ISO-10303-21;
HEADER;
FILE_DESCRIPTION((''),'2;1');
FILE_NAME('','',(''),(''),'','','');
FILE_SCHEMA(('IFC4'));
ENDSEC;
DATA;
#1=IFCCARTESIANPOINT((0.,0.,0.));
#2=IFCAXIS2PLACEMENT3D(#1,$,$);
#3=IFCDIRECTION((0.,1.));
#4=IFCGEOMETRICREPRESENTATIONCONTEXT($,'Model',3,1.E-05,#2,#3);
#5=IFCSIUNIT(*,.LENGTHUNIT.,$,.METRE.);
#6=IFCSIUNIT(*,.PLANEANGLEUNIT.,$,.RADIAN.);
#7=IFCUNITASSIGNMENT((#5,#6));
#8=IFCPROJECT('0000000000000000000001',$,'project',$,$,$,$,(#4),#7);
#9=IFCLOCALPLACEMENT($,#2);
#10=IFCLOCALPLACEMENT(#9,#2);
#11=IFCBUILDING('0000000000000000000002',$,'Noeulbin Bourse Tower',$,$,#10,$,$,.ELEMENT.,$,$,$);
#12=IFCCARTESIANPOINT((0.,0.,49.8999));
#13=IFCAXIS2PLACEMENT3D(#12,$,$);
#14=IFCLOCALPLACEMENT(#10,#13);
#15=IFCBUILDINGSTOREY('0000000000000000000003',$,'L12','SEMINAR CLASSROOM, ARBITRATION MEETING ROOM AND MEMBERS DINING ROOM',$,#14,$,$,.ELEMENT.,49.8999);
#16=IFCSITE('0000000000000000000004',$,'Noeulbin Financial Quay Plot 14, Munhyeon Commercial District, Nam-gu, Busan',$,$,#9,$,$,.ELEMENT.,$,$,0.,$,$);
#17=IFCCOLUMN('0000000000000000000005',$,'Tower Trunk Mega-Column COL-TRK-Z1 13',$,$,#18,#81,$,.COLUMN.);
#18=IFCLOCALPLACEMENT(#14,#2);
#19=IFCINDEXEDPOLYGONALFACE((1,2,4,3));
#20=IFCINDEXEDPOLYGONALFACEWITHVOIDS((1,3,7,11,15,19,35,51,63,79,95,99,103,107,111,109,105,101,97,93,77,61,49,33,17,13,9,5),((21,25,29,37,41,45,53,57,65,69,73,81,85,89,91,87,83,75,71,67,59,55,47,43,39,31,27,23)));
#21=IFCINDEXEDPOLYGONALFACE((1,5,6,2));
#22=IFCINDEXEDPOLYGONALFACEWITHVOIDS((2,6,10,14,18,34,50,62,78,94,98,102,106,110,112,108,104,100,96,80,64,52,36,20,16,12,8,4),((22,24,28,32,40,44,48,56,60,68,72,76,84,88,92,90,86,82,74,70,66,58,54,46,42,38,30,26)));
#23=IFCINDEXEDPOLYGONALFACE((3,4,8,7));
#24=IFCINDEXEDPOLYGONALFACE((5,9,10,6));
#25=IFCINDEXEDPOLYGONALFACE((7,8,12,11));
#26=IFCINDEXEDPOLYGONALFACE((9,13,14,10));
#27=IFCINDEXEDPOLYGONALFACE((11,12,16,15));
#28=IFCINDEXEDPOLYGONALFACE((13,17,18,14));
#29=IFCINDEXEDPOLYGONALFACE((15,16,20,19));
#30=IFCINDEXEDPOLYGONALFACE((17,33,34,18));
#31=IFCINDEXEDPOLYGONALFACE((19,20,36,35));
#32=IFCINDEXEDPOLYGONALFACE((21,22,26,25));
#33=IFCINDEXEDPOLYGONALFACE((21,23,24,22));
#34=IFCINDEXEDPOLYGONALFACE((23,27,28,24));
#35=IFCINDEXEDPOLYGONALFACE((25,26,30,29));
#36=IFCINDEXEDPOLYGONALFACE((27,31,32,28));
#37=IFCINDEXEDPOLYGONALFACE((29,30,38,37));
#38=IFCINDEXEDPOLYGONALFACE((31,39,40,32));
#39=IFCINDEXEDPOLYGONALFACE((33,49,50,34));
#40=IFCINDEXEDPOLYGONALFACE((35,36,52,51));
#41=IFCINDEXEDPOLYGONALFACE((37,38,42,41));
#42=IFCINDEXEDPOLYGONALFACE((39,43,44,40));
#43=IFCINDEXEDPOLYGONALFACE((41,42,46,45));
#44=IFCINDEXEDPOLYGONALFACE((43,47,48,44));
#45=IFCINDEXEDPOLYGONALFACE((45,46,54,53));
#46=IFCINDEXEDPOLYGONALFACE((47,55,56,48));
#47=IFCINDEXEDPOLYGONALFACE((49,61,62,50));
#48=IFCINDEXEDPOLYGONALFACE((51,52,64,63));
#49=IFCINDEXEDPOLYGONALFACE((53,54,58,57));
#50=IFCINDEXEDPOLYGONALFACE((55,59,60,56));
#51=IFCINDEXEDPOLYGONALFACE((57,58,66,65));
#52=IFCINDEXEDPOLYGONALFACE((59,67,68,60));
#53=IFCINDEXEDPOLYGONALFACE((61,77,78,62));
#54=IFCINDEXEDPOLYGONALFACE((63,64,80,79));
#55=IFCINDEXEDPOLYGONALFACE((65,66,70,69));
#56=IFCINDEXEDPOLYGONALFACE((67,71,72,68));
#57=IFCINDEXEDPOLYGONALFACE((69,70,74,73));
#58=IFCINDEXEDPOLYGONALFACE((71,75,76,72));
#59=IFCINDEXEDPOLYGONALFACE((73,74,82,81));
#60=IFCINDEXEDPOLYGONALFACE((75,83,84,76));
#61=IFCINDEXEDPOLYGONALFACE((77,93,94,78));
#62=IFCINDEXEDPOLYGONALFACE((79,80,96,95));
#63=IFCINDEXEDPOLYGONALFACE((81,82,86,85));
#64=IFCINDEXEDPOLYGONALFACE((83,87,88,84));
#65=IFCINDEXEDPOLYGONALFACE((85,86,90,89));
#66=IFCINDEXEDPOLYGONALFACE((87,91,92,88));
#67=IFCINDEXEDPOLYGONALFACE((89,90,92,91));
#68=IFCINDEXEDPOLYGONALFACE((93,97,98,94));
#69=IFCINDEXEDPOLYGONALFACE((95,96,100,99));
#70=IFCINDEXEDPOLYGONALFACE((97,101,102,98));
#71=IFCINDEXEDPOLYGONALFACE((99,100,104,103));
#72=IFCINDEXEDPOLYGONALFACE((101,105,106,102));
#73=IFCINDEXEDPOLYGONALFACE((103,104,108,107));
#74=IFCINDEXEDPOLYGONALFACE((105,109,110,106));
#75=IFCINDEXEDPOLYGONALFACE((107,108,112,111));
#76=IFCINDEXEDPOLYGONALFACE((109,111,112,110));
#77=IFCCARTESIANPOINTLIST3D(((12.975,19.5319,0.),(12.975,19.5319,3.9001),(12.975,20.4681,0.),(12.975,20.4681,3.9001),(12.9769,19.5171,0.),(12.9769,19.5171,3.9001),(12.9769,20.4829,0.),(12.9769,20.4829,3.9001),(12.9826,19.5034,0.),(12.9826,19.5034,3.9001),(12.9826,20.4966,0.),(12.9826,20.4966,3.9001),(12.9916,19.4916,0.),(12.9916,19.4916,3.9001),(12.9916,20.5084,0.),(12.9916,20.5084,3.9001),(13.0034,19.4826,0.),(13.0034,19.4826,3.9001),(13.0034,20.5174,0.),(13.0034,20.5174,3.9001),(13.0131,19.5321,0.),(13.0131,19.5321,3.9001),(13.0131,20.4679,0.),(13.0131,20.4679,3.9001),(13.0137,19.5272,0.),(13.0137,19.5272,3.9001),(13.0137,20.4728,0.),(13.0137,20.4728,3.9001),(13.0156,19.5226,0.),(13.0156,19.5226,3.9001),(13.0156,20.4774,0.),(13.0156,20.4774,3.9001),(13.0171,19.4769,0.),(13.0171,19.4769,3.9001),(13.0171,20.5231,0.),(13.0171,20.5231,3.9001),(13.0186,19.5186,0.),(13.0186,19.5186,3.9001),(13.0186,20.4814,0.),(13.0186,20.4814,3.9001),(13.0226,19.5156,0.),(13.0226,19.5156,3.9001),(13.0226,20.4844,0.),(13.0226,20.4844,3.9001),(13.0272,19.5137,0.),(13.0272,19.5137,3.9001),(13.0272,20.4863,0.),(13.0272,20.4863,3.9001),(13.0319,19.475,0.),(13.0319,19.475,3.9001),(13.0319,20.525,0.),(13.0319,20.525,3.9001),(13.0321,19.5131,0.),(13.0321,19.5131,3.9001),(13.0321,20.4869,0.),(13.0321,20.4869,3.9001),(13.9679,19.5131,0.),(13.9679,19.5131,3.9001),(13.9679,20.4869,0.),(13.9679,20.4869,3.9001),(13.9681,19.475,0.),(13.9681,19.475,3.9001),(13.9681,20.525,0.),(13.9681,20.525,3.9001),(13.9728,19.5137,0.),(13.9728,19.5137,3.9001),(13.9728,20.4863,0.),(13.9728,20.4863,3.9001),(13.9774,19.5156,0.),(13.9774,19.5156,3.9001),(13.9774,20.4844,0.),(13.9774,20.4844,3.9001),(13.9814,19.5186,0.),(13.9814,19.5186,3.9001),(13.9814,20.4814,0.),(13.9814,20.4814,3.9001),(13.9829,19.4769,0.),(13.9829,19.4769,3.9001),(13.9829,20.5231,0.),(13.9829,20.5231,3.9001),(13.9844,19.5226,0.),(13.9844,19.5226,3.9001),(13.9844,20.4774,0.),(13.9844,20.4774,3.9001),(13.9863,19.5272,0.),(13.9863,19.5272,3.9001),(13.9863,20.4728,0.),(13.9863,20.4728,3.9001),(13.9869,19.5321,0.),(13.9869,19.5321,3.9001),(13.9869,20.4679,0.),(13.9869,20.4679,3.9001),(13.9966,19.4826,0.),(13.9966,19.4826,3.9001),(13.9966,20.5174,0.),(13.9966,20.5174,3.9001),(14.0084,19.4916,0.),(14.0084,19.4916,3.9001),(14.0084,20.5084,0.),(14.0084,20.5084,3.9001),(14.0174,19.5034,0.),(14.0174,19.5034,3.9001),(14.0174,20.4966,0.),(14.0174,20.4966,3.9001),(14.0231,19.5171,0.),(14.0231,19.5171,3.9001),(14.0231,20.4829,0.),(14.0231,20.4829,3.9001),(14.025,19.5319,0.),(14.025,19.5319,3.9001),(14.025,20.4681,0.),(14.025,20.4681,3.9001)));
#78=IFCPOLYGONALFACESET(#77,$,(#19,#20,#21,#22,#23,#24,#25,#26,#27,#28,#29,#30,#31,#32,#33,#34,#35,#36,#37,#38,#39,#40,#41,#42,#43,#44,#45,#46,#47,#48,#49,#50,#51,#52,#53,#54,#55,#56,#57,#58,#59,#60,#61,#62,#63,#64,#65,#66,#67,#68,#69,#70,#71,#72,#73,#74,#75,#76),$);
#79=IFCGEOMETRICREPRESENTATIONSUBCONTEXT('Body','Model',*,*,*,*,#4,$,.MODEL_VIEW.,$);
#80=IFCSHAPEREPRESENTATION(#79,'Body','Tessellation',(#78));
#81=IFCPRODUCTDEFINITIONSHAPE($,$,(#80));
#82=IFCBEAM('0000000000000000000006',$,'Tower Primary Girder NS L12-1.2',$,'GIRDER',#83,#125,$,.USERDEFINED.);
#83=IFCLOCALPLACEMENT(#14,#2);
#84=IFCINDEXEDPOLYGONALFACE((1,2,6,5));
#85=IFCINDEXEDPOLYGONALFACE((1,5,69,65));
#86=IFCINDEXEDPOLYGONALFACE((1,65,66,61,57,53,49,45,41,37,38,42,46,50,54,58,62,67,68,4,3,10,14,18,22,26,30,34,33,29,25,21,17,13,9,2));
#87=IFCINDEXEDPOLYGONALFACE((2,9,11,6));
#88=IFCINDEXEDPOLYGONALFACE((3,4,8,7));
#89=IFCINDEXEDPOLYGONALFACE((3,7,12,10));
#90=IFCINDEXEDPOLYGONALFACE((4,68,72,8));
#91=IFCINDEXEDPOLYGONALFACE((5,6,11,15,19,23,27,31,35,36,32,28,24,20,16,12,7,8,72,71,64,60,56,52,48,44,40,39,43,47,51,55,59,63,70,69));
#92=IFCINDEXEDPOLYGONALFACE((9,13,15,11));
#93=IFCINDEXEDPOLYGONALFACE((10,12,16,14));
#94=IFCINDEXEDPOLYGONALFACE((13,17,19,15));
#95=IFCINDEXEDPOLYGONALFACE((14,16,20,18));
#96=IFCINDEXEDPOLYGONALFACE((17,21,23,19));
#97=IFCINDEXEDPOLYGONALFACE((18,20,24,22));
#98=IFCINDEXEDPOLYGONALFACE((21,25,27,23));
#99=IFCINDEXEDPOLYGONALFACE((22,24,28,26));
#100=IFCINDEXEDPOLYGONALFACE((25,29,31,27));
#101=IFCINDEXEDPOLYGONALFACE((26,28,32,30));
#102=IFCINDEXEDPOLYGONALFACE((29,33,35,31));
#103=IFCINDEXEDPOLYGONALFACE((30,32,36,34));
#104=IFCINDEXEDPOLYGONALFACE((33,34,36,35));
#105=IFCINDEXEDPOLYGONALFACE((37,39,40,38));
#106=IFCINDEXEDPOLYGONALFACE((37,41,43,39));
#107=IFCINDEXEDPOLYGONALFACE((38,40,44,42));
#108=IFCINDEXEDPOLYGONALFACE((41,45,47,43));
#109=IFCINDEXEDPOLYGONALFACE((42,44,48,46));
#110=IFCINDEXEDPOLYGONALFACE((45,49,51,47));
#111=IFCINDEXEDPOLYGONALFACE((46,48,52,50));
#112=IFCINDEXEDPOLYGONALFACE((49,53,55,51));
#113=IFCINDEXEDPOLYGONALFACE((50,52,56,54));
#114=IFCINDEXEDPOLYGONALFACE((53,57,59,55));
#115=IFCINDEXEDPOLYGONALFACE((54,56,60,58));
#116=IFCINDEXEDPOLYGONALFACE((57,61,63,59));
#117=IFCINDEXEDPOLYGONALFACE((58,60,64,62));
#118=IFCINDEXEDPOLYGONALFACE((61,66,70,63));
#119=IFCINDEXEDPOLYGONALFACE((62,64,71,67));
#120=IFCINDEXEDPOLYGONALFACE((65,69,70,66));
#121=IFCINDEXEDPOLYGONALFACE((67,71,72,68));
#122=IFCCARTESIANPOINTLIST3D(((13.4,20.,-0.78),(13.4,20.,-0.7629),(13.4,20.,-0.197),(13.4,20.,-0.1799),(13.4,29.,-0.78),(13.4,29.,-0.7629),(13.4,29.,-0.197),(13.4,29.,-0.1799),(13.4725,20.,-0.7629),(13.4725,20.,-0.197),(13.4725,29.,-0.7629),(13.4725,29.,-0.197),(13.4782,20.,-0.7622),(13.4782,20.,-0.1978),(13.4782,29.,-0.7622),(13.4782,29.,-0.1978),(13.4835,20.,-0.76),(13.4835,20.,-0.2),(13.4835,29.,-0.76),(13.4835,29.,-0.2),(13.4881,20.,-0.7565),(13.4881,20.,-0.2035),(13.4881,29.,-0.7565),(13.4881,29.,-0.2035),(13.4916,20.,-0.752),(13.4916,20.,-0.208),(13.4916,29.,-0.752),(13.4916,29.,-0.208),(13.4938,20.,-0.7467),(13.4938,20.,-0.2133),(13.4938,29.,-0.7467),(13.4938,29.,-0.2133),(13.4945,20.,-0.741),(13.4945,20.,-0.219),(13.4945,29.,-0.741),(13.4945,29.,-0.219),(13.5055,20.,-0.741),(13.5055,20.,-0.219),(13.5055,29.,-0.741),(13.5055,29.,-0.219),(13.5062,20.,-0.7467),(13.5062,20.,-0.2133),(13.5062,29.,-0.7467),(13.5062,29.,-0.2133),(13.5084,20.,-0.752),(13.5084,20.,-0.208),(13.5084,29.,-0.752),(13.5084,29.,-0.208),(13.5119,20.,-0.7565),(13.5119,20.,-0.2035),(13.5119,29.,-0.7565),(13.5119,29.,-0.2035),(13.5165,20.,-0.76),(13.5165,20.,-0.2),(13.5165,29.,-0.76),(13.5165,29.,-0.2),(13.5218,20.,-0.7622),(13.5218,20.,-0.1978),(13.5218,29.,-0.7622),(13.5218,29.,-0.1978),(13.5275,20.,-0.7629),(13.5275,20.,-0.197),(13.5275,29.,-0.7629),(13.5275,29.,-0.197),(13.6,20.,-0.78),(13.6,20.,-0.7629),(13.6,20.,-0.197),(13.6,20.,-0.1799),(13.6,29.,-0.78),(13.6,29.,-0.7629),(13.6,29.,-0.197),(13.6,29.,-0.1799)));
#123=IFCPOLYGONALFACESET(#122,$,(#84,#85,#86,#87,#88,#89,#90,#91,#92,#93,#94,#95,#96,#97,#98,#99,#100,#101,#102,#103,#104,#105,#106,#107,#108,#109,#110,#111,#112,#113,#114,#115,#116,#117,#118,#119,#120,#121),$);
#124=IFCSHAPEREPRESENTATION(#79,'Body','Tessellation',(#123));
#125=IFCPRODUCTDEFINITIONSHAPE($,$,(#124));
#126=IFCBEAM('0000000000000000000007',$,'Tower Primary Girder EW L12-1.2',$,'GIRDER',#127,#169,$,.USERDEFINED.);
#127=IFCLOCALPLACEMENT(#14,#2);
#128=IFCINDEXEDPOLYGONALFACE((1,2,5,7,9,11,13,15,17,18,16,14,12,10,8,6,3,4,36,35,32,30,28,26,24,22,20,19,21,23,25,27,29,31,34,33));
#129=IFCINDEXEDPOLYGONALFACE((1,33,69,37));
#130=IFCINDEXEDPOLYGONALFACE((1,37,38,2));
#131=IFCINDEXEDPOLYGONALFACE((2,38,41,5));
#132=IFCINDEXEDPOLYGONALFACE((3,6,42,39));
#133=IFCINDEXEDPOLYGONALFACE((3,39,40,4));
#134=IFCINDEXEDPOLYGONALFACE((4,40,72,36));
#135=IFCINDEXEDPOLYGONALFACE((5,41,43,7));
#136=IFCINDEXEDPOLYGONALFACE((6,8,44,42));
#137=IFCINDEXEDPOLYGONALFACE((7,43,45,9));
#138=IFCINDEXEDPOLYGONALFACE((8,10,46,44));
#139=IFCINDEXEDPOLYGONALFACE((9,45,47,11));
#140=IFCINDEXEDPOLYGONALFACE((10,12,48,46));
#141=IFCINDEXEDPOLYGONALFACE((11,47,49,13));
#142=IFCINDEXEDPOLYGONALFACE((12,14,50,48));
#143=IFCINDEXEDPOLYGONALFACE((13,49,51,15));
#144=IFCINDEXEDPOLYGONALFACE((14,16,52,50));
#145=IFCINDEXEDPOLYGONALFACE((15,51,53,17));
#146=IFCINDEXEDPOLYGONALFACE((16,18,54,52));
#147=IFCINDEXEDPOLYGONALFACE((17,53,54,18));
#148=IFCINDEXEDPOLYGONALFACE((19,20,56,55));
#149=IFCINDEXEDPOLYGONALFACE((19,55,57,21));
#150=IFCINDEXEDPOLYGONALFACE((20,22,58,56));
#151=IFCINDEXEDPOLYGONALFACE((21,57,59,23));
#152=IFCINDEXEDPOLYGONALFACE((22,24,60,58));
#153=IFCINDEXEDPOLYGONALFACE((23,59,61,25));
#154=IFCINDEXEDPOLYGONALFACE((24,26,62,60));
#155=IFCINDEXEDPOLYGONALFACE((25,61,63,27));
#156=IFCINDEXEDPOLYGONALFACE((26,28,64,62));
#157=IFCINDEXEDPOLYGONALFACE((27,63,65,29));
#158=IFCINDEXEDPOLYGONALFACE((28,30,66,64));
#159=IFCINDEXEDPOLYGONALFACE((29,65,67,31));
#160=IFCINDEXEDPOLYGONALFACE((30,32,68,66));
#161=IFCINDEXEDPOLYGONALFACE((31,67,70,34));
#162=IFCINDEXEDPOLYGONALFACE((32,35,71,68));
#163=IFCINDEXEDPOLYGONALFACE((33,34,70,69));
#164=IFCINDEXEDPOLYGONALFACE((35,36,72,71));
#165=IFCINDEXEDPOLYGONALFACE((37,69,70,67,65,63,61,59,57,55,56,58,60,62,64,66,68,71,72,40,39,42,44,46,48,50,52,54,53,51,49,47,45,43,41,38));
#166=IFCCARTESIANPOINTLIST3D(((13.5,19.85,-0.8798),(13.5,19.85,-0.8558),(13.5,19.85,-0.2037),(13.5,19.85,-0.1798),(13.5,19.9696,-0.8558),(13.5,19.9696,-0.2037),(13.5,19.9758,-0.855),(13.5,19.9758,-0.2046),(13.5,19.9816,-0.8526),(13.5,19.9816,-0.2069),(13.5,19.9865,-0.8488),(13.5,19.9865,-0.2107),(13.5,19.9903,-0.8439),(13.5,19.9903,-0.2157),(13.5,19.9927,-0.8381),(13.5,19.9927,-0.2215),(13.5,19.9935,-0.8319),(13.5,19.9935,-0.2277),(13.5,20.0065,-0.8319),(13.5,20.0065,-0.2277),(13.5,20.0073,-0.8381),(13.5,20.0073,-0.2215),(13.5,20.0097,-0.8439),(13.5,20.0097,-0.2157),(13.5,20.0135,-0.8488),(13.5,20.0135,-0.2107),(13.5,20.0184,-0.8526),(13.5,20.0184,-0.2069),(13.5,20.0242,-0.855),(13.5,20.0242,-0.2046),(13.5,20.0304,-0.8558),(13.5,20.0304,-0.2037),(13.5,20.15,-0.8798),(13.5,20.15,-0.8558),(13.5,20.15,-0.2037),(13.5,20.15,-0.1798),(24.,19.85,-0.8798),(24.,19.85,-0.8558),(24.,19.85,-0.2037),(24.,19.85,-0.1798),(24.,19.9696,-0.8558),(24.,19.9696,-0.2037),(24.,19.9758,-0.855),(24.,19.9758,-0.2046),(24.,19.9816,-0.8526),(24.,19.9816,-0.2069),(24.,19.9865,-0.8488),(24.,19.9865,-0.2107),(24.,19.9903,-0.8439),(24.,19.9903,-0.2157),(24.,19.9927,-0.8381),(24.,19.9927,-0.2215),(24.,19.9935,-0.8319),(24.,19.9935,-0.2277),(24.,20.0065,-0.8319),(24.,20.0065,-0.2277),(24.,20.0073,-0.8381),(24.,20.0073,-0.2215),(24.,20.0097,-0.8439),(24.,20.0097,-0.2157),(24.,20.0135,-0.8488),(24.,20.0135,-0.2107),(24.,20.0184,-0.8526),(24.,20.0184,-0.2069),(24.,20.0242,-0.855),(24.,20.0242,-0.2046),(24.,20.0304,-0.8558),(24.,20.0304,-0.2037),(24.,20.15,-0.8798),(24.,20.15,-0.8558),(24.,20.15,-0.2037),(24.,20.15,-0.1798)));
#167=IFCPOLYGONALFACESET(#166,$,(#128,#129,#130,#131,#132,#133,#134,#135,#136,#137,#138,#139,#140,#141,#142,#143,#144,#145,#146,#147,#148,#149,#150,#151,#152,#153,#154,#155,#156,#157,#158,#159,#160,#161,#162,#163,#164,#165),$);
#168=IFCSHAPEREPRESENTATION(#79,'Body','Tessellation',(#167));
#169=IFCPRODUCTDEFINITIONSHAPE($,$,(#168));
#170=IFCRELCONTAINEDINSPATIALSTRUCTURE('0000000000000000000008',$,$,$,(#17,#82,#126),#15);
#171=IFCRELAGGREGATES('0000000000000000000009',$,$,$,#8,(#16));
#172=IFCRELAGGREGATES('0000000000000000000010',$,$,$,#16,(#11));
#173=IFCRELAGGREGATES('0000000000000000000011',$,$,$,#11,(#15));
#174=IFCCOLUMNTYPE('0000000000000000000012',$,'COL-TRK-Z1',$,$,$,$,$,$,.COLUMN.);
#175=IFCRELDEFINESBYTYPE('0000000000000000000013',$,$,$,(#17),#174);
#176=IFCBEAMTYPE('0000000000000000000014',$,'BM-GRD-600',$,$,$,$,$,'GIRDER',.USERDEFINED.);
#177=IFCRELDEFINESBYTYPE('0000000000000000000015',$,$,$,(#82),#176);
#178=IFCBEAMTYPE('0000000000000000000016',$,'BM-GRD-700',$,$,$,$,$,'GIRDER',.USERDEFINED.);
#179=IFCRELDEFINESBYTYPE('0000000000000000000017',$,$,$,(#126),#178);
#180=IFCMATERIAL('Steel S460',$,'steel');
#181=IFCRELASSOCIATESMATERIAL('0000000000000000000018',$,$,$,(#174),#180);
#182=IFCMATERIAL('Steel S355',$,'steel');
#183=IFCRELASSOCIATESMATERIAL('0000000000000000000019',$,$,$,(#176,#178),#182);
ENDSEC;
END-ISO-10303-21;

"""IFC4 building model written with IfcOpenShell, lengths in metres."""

from ifc_helpers import new_model, si_unit, direction, frame, origin, origin_2d, place, context, subcontext, project, spatial, hollow_rectangle, i_section, extrude, material, material_profile, profile_set, type_object, element, save


model = new_model("IFC4")

# Units and contexts
model_context = context("Model", 3, precision=1e-05, world=origin(), true_north=direction((0.0, 1.0)))
body_context = subcontext(model_context, "Body", "Model", "MODEL_VIEW")
ifc_project = project(units=[si_unit("LENGTHUNIT", "METRE"), si_unit("PLANEANGLEUNIT", "RADIAN")], contexts=[model_context])

# Site, building, storey
site_placement = place(None, origin())
site = spatial("IfcSite", under=ifc_project, at=site_placement, Name="Noeulbin Financial Quay Plot 14, Munhyeon Commercial District, Nam-gu, Busan", CompositionType="ELEMENT", RefElevation=0.0)
building_placement = place(site_placement, origin())
building = spatial("IfcBuilding", under=site, at=building_placement, Name="Noeulbin Bourse Tower", CompositionType="ELEMENT")
storey_placement = place(building_placement, frame((0.0, 0.0, 49.8999)))
storey = spatial("IfcBuildingStorey", under=building, at=storey_placement, Name="L12", Description="SEMINAR CLASSROOM, ARBITRATION MEETING ROOM AND MEMBERS DINING ROOM", CompositionType="ELEMENT", Elevation=49.8999)

# Column
ifc_material_1 = material(Name="Steel S460", Category="steel")
ifc_material_profile_1 = material_profile(ifc_material_1, hollow_rectangle(XDim=1.05, YDim=1.05, WallThickness=0.0381, InnerFilletRadius=0.019, OuterFilletRadius=0.0569, at=origin_2d()), Name="BOX-1050x1050x38", Category="LoadBearing")
ifc_profile_set_1 = profile_set([ifc_material_profile_1], Name="Steel S460")
column_type = type_object("IfcColumnType", Name="COL-TRK-Z1", PredefinedType="COLUMN", material=ifc_profile_set_1)
column_placement = place(storey_placement, frame((13.5, 20.0, 0.0), z_axis=(0.0, 0.0, 1.0), x_axis=(1.0, 0.0, 0.0)))
element("IfcColumn", 1, at=column_placement, inside=storey, type_object=column_type, Name="Tower Trunk Mega-Column COL-TRK-Z1 13", PredefinedType="COLUMN", context=body_context, shape_type="SweptSolid", body=[
    extrude(hollow_rectangle(XDim=1.05, YDim=1.05, WallThickness=0.0381, InnerFilletRadius=0.019, OuterFilletRadius=0.0569, at=origin_2d()), origin(), (0.0, 0.0, 1.0), 3.9001),
])

# Beams
ifc_material_2 = material(Name="Steel S355", Category="steel")
ifc_material_profile_2 = material_profile(ifc_material_2, i_section(OverallWidth=0.2, OverallDepth=0.6001, WebThickness=0.011, FlangeThickness=0.0171, FilletRadius=0.022, at=origin_2d()), Name="H-600x200x11x17", Category="LoadBearing")
ifc_profile_set_2 = profile_set([ifc_material_profile_2], Name="Steel S355")
beam_type_1 = type_object("IfcBeamType", Name="BM-GRD-600", ElementType="GIRDER", PredefinedType="USERDEFINED", material=ifc_profile_set_2)
beam_1_placement = place(storey_placement, frame((13.5, 20.0, -0.48), z_axis=(0.0, 1.0, 0.0), x_axis=(-1.0, 0.0, 0.0)))
element("IfcBeam", 2, at=beam_1_placement, inside=storey, type_object=beam_type_1, Name="Tower Primary Girder NS L12-1.2", ObjectType="GIRDER", PredefinedType="USERDEFINED", context=body_context, shape_type="SweptSolid", body=[
    extrude(i_section(OverallWidth=0.2, OverallDepth=0.6001, WebThickness=0.011, FlangeThickness=0.0171, FilletRadius=0.022, at=origin_2d()), origin(), (0.0, 0.0, 1.0), 9.0),
])
ifc_material_profile_3 = material_profile(ifc_material_2, i_section(OverallWidth=0.3, OverallDepth=0.7, WebThickness=0.0129, FlangeThickness=0.0239, FilletRadius=0.0239, at=origin_2d()), Name="H-700x300x13x24", Category="LoadBearing")
ifc_profile_set_3 = profile_set([ifc_material_profile_3], Name="Steel S355")
beam_type_2 = type_object("IfcBeamType", Name="BM-GRD-700", ElementType="GIRDER", PredefinedType="USERDEFINED", material=ifc_profile_set_3)
beam_2_placement = place(storey_placement, frame((13.5, 20.0, -0.5298), z_axis=(1.0, 0.0, 0.0), x_axis=(0.0, 1.0, 0.0)))
element("IfcBeam", 3, at=beam_2_placement, inside=storey, type_object=beam_type_2, Name="Tower Primary Girder EW L12-1.2", ObjectType="GIRDER", PredefinedType="USERDEFINED", context=body_context, shape_type="SweptSolid", body=[
    extrude(i_section(OverallWidth=0.3, OverallDepth=0.7, WebThickness=0.0129, FlangeThickness=0.0239, FilletRadius=0.0239, at=origin_2d()), origin(), (0.0, 0.0, 1.0), 10.5),
])

save(model, "model.ifc")
